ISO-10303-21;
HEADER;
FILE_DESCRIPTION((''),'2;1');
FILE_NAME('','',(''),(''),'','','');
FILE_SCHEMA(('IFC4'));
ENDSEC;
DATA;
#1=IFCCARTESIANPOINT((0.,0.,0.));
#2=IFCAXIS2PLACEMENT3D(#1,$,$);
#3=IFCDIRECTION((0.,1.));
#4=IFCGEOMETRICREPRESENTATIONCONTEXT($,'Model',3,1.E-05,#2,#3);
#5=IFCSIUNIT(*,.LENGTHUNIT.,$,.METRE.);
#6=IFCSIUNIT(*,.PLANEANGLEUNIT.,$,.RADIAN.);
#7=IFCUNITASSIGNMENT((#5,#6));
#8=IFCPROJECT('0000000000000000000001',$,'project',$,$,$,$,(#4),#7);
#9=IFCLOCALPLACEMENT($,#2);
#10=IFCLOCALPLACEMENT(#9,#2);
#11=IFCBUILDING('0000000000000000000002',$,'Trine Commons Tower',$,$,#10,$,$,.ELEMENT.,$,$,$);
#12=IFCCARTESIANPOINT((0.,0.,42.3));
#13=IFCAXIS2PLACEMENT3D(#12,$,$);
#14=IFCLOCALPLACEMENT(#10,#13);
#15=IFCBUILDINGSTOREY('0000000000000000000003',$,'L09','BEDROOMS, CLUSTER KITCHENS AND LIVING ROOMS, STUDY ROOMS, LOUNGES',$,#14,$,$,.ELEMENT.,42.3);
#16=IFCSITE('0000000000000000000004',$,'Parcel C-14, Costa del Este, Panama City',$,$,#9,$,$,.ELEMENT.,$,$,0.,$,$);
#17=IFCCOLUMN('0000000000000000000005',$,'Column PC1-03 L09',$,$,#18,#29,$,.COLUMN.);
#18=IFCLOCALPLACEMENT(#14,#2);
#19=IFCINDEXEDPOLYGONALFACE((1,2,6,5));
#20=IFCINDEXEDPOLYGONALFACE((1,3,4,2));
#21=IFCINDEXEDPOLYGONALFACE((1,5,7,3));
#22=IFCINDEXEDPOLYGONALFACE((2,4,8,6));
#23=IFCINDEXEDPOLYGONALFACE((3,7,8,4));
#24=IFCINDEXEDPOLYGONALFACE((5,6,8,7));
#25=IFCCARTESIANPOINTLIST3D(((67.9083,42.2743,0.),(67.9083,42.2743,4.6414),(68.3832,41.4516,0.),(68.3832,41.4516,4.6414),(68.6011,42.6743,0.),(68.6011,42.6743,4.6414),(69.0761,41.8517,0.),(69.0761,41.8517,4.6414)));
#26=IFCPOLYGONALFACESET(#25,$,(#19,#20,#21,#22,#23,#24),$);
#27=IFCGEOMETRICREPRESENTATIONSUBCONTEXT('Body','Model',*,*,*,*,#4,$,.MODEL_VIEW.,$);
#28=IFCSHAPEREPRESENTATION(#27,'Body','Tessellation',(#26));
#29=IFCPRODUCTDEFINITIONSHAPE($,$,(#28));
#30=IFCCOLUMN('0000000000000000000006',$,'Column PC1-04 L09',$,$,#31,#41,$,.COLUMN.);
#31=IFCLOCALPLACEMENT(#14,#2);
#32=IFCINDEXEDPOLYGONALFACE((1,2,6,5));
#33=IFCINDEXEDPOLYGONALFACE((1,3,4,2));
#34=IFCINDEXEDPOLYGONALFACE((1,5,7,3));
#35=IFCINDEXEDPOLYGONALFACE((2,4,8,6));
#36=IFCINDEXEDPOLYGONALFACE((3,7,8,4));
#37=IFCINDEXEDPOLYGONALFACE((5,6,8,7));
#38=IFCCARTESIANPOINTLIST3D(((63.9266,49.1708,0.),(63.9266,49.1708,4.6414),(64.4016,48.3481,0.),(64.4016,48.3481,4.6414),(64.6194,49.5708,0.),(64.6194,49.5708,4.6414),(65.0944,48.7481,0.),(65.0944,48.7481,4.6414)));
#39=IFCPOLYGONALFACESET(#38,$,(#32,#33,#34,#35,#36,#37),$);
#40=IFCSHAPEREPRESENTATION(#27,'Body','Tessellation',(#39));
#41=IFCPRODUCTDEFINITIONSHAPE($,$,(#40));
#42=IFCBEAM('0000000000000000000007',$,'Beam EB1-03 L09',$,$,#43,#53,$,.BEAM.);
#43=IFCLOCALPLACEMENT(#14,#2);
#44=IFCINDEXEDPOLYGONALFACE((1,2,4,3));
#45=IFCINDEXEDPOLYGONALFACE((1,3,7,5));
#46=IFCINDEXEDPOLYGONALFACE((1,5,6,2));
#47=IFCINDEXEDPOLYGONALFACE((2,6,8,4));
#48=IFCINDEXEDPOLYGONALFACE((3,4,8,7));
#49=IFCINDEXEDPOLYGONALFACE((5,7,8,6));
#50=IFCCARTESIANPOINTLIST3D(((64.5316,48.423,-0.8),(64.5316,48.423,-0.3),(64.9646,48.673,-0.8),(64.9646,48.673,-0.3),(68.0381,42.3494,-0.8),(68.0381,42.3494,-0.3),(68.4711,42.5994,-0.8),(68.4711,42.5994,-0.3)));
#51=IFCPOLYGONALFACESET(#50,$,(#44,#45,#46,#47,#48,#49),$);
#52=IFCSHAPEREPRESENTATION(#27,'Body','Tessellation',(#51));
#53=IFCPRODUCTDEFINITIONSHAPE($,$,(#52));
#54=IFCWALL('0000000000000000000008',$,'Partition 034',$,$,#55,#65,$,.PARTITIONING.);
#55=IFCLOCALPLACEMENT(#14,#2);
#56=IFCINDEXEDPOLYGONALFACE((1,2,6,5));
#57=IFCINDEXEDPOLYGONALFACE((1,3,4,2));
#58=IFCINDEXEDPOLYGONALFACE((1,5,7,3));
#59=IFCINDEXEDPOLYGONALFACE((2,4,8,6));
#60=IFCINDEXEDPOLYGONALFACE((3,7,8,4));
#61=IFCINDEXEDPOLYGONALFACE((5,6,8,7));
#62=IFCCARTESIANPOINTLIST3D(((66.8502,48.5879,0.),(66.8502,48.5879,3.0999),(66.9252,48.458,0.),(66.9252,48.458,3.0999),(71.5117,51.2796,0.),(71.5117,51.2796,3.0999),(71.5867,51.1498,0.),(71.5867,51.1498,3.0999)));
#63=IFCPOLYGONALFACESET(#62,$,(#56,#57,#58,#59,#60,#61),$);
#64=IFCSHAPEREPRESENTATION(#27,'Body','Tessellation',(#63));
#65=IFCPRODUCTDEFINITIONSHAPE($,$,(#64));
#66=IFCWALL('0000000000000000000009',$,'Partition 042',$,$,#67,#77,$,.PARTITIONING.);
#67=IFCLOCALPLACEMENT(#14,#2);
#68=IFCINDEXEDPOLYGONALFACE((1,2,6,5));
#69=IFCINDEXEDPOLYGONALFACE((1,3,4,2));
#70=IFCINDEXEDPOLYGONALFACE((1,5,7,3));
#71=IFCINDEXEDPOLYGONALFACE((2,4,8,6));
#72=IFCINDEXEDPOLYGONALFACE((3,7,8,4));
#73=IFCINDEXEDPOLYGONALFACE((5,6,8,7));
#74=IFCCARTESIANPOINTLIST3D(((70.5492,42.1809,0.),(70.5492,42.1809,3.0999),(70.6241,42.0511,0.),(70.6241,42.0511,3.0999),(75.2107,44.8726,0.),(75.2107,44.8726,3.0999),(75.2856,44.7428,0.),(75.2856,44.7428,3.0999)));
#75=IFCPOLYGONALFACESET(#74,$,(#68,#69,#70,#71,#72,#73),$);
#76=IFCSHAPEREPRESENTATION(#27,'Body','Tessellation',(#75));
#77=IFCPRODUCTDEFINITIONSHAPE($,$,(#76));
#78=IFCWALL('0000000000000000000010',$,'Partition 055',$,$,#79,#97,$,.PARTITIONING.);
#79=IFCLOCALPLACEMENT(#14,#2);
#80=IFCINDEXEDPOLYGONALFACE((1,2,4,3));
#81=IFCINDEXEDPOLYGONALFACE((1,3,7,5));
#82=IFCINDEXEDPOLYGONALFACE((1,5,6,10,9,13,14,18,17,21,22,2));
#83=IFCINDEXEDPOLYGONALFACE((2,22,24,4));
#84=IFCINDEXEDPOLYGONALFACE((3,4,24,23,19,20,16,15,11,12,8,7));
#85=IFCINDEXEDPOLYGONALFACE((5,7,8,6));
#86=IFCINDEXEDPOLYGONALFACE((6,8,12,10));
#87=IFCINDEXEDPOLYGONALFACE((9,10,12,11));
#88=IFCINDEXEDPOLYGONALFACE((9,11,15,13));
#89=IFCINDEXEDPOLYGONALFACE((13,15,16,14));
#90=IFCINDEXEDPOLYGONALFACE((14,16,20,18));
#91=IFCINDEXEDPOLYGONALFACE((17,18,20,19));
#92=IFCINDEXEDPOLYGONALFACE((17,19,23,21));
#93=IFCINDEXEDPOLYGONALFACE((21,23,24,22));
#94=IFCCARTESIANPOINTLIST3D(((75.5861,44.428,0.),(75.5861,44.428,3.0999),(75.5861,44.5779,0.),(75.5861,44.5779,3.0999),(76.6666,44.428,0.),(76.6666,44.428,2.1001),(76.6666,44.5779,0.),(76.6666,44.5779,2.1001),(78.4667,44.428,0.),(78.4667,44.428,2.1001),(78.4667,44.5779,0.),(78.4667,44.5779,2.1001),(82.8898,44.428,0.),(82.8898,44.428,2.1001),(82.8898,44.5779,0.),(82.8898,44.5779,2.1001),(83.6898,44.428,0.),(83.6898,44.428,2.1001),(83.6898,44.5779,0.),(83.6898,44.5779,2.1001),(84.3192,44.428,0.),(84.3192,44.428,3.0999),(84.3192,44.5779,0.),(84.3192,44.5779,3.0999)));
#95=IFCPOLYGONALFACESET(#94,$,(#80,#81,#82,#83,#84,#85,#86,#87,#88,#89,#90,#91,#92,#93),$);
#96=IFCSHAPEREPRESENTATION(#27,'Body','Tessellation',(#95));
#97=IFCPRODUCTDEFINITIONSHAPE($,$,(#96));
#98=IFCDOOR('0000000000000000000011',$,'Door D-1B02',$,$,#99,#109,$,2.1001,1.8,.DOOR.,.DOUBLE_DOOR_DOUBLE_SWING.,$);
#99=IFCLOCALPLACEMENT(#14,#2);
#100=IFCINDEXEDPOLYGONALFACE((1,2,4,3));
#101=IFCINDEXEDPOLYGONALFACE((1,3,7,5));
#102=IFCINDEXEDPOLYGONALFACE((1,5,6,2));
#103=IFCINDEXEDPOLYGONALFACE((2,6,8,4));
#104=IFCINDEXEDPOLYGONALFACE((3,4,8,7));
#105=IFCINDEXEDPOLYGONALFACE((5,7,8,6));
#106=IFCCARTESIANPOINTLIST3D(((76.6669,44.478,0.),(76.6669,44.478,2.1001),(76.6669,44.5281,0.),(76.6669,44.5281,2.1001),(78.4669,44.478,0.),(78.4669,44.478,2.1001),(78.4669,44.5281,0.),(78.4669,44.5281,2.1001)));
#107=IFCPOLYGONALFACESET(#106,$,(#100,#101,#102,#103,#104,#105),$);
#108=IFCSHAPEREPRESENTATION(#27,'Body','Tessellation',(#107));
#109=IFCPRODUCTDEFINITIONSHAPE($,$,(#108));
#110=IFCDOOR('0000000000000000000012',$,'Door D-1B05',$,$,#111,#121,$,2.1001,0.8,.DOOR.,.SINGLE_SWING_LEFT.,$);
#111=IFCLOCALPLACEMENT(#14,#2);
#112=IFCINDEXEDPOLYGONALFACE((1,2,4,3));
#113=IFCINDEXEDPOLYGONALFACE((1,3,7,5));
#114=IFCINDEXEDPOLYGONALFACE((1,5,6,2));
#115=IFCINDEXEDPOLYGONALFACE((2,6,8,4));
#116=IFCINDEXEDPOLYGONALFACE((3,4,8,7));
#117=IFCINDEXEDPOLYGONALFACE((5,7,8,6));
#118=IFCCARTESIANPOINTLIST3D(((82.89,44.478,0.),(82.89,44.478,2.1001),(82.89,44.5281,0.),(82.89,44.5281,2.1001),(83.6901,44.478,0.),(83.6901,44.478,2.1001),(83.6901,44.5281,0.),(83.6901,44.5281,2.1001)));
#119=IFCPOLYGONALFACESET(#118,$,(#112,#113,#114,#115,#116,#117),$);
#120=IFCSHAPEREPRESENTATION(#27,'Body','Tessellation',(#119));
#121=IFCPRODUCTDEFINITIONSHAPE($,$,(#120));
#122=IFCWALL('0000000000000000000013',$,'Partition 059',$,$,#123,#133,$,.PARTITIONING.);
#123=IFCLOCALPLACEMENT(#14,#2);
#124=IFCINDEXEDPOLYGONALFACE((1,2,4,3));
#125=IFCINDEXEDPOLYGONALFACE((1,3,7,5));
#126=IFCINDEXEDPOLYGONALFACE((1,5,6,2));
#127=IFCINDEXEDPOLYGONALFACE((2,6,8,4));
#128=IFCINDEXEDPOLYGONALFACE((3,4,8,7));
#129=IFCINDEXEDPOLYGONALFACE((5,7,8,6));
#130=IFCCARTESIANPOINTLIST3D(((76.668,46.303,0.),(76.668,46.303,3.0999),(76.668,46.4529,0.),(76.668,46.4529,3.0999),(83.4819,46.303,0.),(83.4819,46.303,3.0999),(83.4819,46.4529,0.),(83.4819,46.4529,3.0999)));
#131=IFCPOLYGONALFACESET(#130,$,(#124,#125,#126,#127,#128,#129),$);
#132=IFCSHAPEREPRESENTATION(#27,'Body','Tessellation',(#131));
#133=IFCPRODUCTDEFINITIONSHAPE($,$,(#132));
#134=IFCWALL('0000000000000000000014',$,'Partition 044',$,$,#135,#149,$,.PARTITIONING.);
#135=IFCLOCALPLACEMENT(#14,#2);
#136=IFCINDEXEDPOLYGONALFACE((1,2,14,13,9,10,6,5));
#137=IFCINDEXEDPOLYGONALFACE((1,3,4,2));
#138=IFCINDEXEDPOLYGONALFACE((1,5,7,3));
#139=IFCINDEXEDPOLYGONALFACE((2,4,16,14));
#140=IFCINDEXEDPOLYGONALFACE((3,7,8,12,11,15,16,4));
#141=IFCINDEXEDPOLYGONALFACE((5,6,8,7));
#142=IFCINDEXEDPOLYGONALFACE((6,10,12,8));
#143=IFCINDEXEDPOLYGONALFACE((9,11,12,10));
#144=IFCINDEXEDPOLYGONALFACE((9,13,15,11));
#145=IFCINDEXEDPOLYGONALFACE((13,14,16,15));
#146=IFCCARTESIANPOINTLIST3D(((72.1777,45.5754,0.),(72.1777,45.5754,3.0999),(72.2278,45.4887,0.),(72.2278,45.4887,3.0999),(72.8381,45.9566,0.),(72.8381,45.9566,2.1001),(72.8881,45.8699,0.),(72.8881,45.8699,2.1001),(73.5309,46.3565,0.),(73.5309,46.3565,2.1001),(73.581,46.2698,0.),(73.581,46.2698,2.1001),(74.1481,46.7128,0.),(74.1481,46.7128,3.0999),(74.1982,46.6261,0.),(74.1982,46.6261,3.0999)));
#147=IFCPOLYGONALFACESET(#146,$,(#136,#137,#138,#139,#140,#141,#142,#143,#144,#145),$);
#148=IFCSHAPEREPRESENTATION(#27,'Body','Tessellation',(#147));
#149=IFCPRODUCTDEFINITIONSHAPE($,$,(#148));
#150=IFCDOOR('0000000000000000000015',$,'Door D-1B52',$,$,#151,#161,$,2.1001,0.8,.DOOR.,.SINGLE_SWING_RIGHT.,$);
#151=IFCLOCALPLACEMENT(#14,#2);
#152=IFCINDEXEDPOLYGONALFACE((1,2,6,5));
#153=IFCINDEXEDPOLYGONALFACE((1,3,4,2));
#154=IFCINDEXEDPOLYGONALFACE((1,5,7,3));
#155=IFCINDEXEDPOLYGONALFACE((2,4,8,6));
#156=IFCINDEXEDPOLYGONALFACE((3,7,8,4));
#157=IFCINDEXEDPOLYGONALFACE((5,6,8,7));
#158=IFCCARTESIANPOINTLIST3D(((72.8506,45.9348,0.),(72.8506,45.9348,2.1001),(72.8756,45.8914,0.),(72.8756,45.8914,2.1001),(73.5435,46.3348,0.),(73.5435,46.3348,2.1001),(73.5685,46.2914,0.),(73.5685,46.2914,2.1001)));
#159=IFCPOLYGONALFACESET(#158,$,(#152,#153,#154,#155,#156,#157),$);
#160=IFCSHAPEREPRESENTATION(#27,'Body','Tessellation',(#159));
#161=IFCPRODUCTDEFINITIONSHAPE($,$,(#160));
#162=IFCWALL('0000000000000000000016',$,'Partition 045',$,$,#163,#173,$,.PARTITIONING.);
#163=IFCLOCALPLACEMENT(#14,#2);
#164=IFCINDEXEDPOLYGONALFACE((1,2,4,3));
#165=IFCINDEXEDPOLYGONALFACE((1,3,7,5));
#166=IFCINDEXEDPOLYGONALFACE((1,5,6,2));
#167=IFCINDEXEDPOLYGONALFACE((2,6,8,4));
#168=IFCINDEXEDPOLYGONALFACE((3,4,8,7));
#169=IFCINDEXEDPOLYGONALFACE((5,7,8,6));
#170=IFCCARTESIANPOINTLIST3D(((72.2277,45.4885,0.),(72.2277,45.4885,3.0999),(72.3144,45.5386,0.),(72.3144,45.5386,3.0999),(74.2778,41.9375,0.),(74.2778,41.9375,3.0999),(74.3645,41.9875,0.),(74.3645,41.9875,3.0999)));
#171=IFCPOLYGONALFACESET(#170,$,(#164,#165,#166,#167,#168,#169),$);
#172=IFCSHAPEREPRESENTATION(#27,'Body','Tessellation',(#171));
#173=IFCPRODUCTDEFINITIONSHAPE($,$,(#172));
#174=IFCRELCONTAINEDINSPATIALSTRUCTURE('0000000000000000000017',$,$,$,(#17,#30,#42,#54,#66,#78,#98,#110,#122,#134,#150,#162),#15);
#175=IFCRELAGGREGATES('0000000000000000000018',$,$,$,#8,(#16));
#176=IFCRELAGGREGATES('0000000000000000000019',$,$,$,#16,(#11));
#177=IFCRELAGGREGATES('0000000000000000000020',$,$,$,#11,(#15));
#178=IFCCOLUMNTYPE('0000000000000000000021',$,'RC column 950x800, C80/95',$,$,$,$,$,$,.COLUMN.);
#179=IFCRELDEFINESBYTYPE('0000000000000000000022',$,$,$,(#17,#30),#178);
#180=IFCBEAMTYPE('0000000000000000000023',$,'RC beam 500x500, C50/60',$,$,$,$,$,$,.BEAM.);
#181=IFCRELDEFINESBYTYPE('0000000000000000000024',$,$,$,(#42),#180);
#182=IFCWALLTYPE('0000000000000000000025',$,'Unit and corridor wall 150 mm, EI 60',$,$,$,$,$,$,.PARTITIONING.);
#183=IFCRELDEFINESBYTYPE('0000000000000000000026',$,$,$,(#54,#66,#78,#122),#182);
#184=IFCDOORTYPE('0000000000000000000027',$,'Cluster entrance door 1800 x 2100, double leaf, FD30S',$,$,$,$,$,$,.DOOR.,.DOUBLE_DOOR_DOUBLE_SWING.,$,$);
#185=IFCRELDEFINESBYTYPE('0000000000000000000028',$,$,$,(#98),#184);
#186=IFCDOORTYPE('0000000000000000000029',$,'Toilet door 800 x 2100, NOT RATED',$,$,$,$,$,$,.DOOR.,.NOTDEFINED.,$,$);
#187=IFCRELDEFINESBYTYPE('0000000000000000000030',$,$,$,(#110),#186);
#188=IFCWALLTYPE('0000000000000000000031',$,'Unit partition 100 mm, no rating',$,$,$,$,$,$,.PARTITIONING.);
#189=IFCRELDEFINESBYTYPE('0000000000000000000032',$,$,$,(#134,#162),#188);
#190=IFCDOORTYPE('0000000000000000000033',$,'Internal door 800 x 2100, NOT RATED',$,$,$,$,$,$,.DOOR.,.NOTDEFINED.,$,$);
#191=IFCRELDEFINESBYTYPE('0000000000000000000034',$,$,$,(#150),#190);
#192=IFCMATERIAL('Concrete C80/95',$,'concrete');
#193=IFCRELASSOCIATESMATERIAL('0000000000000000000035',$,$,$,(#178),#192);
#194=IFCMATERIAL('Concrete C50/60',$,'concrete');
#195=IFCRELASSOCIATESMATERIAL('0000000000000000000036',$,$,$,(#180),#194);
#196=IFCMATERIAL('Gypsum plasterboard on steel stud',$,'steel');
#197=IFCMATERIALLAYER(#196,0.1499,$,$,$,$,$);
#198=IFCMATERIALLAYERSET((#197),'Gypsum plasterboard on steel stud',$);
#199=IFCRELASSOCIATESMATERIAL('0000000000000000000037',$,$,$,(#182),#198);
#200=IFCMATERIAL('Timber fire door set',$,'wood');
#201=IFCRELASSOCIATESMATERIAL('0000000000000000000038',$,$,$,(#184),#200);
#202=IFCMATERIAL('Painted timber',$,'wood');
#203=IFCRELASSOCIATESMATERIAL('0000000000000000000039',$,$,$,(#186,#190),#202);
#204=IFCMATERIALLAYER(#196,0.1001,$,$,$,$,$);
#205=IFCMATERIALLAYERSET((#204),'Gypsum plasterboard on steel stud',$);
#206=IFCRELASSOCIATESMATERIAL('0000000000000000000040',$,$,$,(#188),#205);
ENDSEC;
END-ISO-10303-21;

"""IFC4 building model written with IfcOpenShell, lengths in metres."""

from ifc_helpers import new_model, si_unit, direction, frame, frame_2d, origin, origin_2d, place, context, subcontext, project, spatial, rectangle, extrude, material, layer, layer_set, material_profile, profile_set, type_object, element, fill, save


model = new_model("IFC4")

# Units and contexts
model_context = context("Model", 3, precision=1e-05, world=origin(), true_north=direction((0.0, 1.0)))
body_context = subcontext(model_context, "Body", "Model", "MODEL_VIEW")
ifc_project = project(units=[si_unit("LENGTHUNIT", "METRE"), si_unit("PLANEANGLEUNIT", "RADIAN")], contexts=[model_context])

# Site, building, storey
site_placement = place(None, origin())
site = spatial("IfcSite", under=ifc_project, at=site_placement, Name="Parcel C-14, Costa del Este, Panama City", CompositionType="ELEMENT", RefElevation=0.0)
building_placement = place(site_placement, origin())
building = spatial("IfcBuilding", under=site, at=building_placement, Name="Trine Commons Tower", CompositionType="ELEMENT")
storey_placement = place(building_placement, frame((0.0, 0.0, 42.3)))
storey = spatial("IfcBuildingStorey", under=building, at=storey_placement, Name="L09", Description="BEDROOMS, CLUSTER KITCHENS AND LIVING ROOMS, STUDY ROOMS, LOUNGES", CompositionType="ELEMENT", Elevation=42.3)

# Columns
ifc_material_1 = material(Name="Concrete C80/95", Category="concrete")
ifc_material_profile_1 = material_profile(ifc_material_1, rectangle(XDim=0.95, YDim=0.8, at=origin_2d()), Name="RC 950x800")
ifc_profile_set_1 = profile_set([ifc_material_profile_1], Name="Concrete C80/95")
column_type = type_object("IfcColumnType", Name="RC column 950x800, C80/95", PredefinedType="COLUMN", material=ifc_profile_set_1)
for number, where, z_axis, x_axis, name in (
    (1, (68.4922, 42.063, 0.0), (0.0, 0.0, 1.0), (-0.5, 0.866025, 0.0), "Column PC1-03 L09"),
    (2, (64.5105, 48.9595, 0.0), (0.0, 0.0, 1.0), (-0.5, 0.866025, 0.0), "Column PC1-04 L09"),
):
    element("IfcColumn", number, at=place(storey_placement, frame(where, z_axis=z_axis, x_axis=x_axis)), inside=storey, type_object=column_type, Name=name, PredefinedType="COLUMN", context=body_context, shape_type="SweptSolid", body=[
        extrude(rectangle(XDim=0.95, YDim=0.8, at=origin_2d()), origin(), (0.0, 0.0, 1.0), 4.6414),
    ])

# Beam
ifc_material_2 = material(Name="Concrete C50/60", Category="concrete")
ifc_material_profile_2 = material_profile(ifc_material_2, rectangle(XDim=0.5, YDim=0.5, at=origin_2d()), Name="RC 500x500")
ifc_profile_set_2 = profile_set([ifc_material_profile_2], Name="Concrete C50/60")
beam_type = type_object("IfcBeamType", Name="RC beam 500x500, C50/60", PredefinedType="BEAM", material=ifc_profile_set_2)
beam_placement = place(storey_placement, frame((68.2546, 42.4744, -0.55), z_axis=(-0.499992, 0.86603, 0.0), x_axis=(-0.86603, -0.499992, 0.0)))
element("IfcBeam", 3, at=beam_placement, inside=storey, type_object=beam_type, Name="Beam EB1-03 L09", PredefinedType="BEAM", context=body_context, shape_type="SweptSolid", body=[
    extrude(rectangle(XDim=0.5, YDim=0.5, at=origin_2d()), origin(), (0.0, 0.0, 1.0), 7.0132),
])

# Walls
ifc_material_3 = material(Name="Gypsum plasterboard on steel stud", Category="steel")
ifc_layer_1 = layer(ifc_material_3, 0.1499)
ifc_layer_set_1 = layer_set([ifc_layer_1], Name="Gypsum plasterboard on steel stud")
wall_type_1 = type_object("IfcWallType", Name="Unit and corridor wall 150 mm, EI 60", PredefinedType="PARTITIONING", material=ifc_layer_set_1)
for number, where, z_axis, x_axis, name in (
    (4, (66.8877, 48.5229, 0.0), (0.0, 0.0, 1.0), (0.865993, 0.500056, 0.0), "Partition 034"),
    (5, (70.5867, 42.116, 0.0), (0.0, 0.0, 1.0), (0.865993, 0.500056, 0.0), "Partition 042"),
):
    element("IfcWall", number, at=place(storey_placement, frame(where, z_axis=z_axis, x_axis=x_axis)), inside=storey, type_object=wall_type_1, Name=name, PredefinedType="PARTITIONING", context=body_context, shape_type="SweptSolid", body=[
        extrude(rectangle(XDim=5.3828, YDim=0.1499, at=frame_2d((2.6914, 0.0))), origin(), (0.0, 0.0, 1.0), 3.0999),
    ])

# Wall, openings, doors
wall_1_placement = place(storey_placement, frame((75.5859, 44.5029, 0.0), z_axis=(0.0, 0.0, 1.0), x_axis=(1.0, 0.0, 0.0)))
wall_1 = element("IfcWall", 6, at=wall_1_placement, inside=storey, type_object=wall_type_1, Name="Partition 055", PredefinedType="PARTITIONING", context=body_context, shape_type="SweptSolid", body=[
    extrude(rectangle(XDim=8.7332, YDim=0.1499, at=frame_2d((4.3667, 0.0))), origin(), (0.0, 0.0, 1.0), 3.0999),
])
opening_1_placement = place(wall_1_placement, frame((1.0808, 0.0, 0.0)))
opening_1 = element("IfcOpeningElement", 7, at=opening_1_placement, cuts=wall_1, PredefinedType="OPENING", context=body_context, shape_type="SweptSolid", body=[
    extrude(rectangle(XDim=1.8, YDim=2.1001, at=frame_2d((0.8999, 1.05))), frame((0.0, 0.085, 0.0), z_axis=(0.0, -1.0, 0.0), x_axis=(1.0, 0.0, 0.0)), (0.0, 0.0, 1.0), 0.1699),
])
opening_2_placement = place(wall_1_placement, frame((7.304, 0.0, 0.0)))
opening_2 = element("IfcOpeningElement", 8, at=opening_2_placement, cuts=wall_1, PredefinedType="OPENING", context=body_context, shape_type="SweptSolid", body=[
    extrude(rectangle(XDim=0.8, YDim=2.1001, at=frame_2d((0.3999, 1.05))), frame((0.0, 0.085, 0.0), z_axis=(0.0, -1.0, 0.0), x_axis=(1.0, 0.0, 0.0)), (0.0, 0.0, 1.0), 0.1699),
])
ifc_material_4 = material(Name="Timber fire door set", Category="wood")
door_type_1 = type_object("IfcDoorType", Name="Cluster entrance door 1800 x 2100, double leaf, FD30S", OperationType="DOUBLE_DOOR_DOUBLE_SWING", PredefinedType="DOOR", material=ifc_material_4)
door_1_placement = place(opening_1_placement, frame((1.8, 0.0, 0.0), z_axis=(0.0, 0.0, 1.0), x_axis=(-1.0, 0.0, 0.0)))
door_1 = element("IfcDoor", 9, at=door_1_placement, inside=storey, type_object=door_type_1, Name="Door D-1B02", OperationType="DOUBLE_DOOR_DOUBLE_SWING", OverallHeight=2.1001, OverallWidth=1.8, PredefinedType="DOOR", context=body_context, shape_type="SweptSolid", body=[
    extrude(rectangle(XDim=1.8, YDim=2.1001, at=frame_2d((0.8999, 1.05))), frame((0.0, 0.0249, 0.0), z_axis=(0.0, -1.0, 0.0), x_axis=(1.0, 0.0, 0.0)), (0.0, 0.0, 1.0), 0.05),
])
fill(opening_1, door_1)
ifc_material_5 = material(Name="Painted timber", Category="wood")
door_type_2 = type_object("IfcDoorType", Name="Toilet door 800 x 2100, NOT RATED", OperationType="NOTDEFINED", PredefinedType="DOOR", material=ifc_material_5)
door_2_placement = place(opening_2_placement, frame((0.8, 0.0, 0.0), z_axis=(0.0, 0.0, 1.0), x_axis=(-1.0, 0.0, 0.0)))
door_2 = element("IfcDoor", 10, at=door_2_placement, inside=storey, type_object=door_type_2, Name="Door D-1B05", OperationType="SINGLE_SWING_LEFT", OverallHeight=2.1001, OverallWidth=0.8, PredefinedType="DOOR", context=body_context, shape_type="SweptSolid", body=[
    extrude(rectangle(XDim=0.8, YDim=2.1001, at=frame_2d((0.3999, 1.05))), frame((0.0, 0.0249, 0.0), z_axis=(0.0, -1.0, 0.0), x_axis=(1.0, 0.0, 0.0)), (0.0, 0.0, 1.0), 0.05),
])
fill(opening_2, door_2)

# Wall
wall_2_placement = place(storey_placement, frame((76.668, 46.3779, 0.0), z_axis=(0.0, 0.0, 1.0), x_axis=(1.0, 0.0, 0.0)))
element("IfcWall", 11, at=wall_2_placement, inside=storey, type_object=wall_type_1, Name="Partition 059", PredefinedType="PARTITIONING", context=body_context, shape_type="SweptSolid", body=[
    extrude(rectangle(XDim=6.814, YDim=0.1499, at=frame_2d((3.407, 0.0))), origin(), (0.0, 0.0, 1.0), 3.0999),
])

# Wall, opening, door
ifc_layer_2 = layer(ifc_material_3, 0.1001)
ifc_layer_set_2 = layer_set([ifc_layer_2], Name="Gypsum plasterboard on steel stud")
wall_type_2 = type_object("IfcWallType", Name="Unit partition 100 mm, no rating", PredefinedType="PARTITIONING", material=ifc_layer_set_2)
wall_3_placement = place(storey_placement, frame((72.2026, 45.532, 0.0), z_axis=(0.0, 0.0, 1.0), x_axis=(0.866062, 0.499936, 0.0)))
wall_3 = element("IfcWall", 12, at=wall_3_placement, inside=storey, type_object=wall_type_2, Name="Partition 044", PredefinedType="PARTITIONING", context=body_context, shape_type="SweptSolid", body=[
    extrude(rectangle(XDim=2.2751, YDim=0.1001, at=frame_2d((1.1377, 0.0))), origin(), (0.0, 0.0, 1.0), 3.0999),
])
opening_3_placement = place(wall_3_placement, frame((0.7627, 0.0, 0.0)))
opening_3 = element("IfcOpeningElement", 13, at=opening_3_placement, cuts=wall_3, PredefinedType="OPENING", context=body_context, shape_type="SweptSolid", body=[
    extrude(rectangle(XDim=0.8, YDim=2.1001, at=frame_2d((0.3999, 1.05))), frame((0.0, 0.0601, 0.0), z_axis=(0.0, -1.0, 0.0), x_axis=(1.0, 0.0, 0.0)), (0.0, 0.0, 1.0), 0.1201),
])
door_type_3 = type_object("IfcDoorType", Name="Internal door 800 x 2100, NOT RATED", OperationType="NOTDEFINED", PredefinedType="DOOR", material=ifc_material_5)
door_3_placement = place(opening_3_placement, origin())
door_3 = element("IfcDoor", 14, at=door_3_placement, inside=storey, type_object=door_type_3, Name="Door D-1B52", OperationType="SINGLE_SWING_RIGHT", OverallHeight=2.1001, OverallWidth=0.8, PredefinedType="DOOR", context=body_context, shape_type="SweptSolid", body=[
    extrude(rectangle(XDim=0.8, YDim=2.1001, at=frame_2d((0.3999, 1.05))), frame((0.0, 0.0249, 0.0), z_axis=(0.0, -1.0, 0.0), x_axis=(1.0, 0.0, 0.0)), (0.0, 0.0, 1.0), 0.05),
])
fill(opening_3, door_3)

# Wall
wall_4_placement = place(storey_placement, frame((72.271, 45.5137, 0.0), z_axis=(0.0, 0.0, 1.0), x_axis=(0.499975, -0.86604, 0.0)))
element("IfcWall", 15, at=wall_4_placement, inside=storey, type_object=wall_type_2, Name="Partition 045", PredefinedType="PARTITIONING", context=body_context, shape_type="SweptSolid", body=[
    extrude(rectangle(XDim=4.1003, YDim=0.1001, at=frame_2d((2.0503, 0.0))), origin(), (0.0, 0.0, 1.0), 3.0999),
])

save(model, "model.ifc")
